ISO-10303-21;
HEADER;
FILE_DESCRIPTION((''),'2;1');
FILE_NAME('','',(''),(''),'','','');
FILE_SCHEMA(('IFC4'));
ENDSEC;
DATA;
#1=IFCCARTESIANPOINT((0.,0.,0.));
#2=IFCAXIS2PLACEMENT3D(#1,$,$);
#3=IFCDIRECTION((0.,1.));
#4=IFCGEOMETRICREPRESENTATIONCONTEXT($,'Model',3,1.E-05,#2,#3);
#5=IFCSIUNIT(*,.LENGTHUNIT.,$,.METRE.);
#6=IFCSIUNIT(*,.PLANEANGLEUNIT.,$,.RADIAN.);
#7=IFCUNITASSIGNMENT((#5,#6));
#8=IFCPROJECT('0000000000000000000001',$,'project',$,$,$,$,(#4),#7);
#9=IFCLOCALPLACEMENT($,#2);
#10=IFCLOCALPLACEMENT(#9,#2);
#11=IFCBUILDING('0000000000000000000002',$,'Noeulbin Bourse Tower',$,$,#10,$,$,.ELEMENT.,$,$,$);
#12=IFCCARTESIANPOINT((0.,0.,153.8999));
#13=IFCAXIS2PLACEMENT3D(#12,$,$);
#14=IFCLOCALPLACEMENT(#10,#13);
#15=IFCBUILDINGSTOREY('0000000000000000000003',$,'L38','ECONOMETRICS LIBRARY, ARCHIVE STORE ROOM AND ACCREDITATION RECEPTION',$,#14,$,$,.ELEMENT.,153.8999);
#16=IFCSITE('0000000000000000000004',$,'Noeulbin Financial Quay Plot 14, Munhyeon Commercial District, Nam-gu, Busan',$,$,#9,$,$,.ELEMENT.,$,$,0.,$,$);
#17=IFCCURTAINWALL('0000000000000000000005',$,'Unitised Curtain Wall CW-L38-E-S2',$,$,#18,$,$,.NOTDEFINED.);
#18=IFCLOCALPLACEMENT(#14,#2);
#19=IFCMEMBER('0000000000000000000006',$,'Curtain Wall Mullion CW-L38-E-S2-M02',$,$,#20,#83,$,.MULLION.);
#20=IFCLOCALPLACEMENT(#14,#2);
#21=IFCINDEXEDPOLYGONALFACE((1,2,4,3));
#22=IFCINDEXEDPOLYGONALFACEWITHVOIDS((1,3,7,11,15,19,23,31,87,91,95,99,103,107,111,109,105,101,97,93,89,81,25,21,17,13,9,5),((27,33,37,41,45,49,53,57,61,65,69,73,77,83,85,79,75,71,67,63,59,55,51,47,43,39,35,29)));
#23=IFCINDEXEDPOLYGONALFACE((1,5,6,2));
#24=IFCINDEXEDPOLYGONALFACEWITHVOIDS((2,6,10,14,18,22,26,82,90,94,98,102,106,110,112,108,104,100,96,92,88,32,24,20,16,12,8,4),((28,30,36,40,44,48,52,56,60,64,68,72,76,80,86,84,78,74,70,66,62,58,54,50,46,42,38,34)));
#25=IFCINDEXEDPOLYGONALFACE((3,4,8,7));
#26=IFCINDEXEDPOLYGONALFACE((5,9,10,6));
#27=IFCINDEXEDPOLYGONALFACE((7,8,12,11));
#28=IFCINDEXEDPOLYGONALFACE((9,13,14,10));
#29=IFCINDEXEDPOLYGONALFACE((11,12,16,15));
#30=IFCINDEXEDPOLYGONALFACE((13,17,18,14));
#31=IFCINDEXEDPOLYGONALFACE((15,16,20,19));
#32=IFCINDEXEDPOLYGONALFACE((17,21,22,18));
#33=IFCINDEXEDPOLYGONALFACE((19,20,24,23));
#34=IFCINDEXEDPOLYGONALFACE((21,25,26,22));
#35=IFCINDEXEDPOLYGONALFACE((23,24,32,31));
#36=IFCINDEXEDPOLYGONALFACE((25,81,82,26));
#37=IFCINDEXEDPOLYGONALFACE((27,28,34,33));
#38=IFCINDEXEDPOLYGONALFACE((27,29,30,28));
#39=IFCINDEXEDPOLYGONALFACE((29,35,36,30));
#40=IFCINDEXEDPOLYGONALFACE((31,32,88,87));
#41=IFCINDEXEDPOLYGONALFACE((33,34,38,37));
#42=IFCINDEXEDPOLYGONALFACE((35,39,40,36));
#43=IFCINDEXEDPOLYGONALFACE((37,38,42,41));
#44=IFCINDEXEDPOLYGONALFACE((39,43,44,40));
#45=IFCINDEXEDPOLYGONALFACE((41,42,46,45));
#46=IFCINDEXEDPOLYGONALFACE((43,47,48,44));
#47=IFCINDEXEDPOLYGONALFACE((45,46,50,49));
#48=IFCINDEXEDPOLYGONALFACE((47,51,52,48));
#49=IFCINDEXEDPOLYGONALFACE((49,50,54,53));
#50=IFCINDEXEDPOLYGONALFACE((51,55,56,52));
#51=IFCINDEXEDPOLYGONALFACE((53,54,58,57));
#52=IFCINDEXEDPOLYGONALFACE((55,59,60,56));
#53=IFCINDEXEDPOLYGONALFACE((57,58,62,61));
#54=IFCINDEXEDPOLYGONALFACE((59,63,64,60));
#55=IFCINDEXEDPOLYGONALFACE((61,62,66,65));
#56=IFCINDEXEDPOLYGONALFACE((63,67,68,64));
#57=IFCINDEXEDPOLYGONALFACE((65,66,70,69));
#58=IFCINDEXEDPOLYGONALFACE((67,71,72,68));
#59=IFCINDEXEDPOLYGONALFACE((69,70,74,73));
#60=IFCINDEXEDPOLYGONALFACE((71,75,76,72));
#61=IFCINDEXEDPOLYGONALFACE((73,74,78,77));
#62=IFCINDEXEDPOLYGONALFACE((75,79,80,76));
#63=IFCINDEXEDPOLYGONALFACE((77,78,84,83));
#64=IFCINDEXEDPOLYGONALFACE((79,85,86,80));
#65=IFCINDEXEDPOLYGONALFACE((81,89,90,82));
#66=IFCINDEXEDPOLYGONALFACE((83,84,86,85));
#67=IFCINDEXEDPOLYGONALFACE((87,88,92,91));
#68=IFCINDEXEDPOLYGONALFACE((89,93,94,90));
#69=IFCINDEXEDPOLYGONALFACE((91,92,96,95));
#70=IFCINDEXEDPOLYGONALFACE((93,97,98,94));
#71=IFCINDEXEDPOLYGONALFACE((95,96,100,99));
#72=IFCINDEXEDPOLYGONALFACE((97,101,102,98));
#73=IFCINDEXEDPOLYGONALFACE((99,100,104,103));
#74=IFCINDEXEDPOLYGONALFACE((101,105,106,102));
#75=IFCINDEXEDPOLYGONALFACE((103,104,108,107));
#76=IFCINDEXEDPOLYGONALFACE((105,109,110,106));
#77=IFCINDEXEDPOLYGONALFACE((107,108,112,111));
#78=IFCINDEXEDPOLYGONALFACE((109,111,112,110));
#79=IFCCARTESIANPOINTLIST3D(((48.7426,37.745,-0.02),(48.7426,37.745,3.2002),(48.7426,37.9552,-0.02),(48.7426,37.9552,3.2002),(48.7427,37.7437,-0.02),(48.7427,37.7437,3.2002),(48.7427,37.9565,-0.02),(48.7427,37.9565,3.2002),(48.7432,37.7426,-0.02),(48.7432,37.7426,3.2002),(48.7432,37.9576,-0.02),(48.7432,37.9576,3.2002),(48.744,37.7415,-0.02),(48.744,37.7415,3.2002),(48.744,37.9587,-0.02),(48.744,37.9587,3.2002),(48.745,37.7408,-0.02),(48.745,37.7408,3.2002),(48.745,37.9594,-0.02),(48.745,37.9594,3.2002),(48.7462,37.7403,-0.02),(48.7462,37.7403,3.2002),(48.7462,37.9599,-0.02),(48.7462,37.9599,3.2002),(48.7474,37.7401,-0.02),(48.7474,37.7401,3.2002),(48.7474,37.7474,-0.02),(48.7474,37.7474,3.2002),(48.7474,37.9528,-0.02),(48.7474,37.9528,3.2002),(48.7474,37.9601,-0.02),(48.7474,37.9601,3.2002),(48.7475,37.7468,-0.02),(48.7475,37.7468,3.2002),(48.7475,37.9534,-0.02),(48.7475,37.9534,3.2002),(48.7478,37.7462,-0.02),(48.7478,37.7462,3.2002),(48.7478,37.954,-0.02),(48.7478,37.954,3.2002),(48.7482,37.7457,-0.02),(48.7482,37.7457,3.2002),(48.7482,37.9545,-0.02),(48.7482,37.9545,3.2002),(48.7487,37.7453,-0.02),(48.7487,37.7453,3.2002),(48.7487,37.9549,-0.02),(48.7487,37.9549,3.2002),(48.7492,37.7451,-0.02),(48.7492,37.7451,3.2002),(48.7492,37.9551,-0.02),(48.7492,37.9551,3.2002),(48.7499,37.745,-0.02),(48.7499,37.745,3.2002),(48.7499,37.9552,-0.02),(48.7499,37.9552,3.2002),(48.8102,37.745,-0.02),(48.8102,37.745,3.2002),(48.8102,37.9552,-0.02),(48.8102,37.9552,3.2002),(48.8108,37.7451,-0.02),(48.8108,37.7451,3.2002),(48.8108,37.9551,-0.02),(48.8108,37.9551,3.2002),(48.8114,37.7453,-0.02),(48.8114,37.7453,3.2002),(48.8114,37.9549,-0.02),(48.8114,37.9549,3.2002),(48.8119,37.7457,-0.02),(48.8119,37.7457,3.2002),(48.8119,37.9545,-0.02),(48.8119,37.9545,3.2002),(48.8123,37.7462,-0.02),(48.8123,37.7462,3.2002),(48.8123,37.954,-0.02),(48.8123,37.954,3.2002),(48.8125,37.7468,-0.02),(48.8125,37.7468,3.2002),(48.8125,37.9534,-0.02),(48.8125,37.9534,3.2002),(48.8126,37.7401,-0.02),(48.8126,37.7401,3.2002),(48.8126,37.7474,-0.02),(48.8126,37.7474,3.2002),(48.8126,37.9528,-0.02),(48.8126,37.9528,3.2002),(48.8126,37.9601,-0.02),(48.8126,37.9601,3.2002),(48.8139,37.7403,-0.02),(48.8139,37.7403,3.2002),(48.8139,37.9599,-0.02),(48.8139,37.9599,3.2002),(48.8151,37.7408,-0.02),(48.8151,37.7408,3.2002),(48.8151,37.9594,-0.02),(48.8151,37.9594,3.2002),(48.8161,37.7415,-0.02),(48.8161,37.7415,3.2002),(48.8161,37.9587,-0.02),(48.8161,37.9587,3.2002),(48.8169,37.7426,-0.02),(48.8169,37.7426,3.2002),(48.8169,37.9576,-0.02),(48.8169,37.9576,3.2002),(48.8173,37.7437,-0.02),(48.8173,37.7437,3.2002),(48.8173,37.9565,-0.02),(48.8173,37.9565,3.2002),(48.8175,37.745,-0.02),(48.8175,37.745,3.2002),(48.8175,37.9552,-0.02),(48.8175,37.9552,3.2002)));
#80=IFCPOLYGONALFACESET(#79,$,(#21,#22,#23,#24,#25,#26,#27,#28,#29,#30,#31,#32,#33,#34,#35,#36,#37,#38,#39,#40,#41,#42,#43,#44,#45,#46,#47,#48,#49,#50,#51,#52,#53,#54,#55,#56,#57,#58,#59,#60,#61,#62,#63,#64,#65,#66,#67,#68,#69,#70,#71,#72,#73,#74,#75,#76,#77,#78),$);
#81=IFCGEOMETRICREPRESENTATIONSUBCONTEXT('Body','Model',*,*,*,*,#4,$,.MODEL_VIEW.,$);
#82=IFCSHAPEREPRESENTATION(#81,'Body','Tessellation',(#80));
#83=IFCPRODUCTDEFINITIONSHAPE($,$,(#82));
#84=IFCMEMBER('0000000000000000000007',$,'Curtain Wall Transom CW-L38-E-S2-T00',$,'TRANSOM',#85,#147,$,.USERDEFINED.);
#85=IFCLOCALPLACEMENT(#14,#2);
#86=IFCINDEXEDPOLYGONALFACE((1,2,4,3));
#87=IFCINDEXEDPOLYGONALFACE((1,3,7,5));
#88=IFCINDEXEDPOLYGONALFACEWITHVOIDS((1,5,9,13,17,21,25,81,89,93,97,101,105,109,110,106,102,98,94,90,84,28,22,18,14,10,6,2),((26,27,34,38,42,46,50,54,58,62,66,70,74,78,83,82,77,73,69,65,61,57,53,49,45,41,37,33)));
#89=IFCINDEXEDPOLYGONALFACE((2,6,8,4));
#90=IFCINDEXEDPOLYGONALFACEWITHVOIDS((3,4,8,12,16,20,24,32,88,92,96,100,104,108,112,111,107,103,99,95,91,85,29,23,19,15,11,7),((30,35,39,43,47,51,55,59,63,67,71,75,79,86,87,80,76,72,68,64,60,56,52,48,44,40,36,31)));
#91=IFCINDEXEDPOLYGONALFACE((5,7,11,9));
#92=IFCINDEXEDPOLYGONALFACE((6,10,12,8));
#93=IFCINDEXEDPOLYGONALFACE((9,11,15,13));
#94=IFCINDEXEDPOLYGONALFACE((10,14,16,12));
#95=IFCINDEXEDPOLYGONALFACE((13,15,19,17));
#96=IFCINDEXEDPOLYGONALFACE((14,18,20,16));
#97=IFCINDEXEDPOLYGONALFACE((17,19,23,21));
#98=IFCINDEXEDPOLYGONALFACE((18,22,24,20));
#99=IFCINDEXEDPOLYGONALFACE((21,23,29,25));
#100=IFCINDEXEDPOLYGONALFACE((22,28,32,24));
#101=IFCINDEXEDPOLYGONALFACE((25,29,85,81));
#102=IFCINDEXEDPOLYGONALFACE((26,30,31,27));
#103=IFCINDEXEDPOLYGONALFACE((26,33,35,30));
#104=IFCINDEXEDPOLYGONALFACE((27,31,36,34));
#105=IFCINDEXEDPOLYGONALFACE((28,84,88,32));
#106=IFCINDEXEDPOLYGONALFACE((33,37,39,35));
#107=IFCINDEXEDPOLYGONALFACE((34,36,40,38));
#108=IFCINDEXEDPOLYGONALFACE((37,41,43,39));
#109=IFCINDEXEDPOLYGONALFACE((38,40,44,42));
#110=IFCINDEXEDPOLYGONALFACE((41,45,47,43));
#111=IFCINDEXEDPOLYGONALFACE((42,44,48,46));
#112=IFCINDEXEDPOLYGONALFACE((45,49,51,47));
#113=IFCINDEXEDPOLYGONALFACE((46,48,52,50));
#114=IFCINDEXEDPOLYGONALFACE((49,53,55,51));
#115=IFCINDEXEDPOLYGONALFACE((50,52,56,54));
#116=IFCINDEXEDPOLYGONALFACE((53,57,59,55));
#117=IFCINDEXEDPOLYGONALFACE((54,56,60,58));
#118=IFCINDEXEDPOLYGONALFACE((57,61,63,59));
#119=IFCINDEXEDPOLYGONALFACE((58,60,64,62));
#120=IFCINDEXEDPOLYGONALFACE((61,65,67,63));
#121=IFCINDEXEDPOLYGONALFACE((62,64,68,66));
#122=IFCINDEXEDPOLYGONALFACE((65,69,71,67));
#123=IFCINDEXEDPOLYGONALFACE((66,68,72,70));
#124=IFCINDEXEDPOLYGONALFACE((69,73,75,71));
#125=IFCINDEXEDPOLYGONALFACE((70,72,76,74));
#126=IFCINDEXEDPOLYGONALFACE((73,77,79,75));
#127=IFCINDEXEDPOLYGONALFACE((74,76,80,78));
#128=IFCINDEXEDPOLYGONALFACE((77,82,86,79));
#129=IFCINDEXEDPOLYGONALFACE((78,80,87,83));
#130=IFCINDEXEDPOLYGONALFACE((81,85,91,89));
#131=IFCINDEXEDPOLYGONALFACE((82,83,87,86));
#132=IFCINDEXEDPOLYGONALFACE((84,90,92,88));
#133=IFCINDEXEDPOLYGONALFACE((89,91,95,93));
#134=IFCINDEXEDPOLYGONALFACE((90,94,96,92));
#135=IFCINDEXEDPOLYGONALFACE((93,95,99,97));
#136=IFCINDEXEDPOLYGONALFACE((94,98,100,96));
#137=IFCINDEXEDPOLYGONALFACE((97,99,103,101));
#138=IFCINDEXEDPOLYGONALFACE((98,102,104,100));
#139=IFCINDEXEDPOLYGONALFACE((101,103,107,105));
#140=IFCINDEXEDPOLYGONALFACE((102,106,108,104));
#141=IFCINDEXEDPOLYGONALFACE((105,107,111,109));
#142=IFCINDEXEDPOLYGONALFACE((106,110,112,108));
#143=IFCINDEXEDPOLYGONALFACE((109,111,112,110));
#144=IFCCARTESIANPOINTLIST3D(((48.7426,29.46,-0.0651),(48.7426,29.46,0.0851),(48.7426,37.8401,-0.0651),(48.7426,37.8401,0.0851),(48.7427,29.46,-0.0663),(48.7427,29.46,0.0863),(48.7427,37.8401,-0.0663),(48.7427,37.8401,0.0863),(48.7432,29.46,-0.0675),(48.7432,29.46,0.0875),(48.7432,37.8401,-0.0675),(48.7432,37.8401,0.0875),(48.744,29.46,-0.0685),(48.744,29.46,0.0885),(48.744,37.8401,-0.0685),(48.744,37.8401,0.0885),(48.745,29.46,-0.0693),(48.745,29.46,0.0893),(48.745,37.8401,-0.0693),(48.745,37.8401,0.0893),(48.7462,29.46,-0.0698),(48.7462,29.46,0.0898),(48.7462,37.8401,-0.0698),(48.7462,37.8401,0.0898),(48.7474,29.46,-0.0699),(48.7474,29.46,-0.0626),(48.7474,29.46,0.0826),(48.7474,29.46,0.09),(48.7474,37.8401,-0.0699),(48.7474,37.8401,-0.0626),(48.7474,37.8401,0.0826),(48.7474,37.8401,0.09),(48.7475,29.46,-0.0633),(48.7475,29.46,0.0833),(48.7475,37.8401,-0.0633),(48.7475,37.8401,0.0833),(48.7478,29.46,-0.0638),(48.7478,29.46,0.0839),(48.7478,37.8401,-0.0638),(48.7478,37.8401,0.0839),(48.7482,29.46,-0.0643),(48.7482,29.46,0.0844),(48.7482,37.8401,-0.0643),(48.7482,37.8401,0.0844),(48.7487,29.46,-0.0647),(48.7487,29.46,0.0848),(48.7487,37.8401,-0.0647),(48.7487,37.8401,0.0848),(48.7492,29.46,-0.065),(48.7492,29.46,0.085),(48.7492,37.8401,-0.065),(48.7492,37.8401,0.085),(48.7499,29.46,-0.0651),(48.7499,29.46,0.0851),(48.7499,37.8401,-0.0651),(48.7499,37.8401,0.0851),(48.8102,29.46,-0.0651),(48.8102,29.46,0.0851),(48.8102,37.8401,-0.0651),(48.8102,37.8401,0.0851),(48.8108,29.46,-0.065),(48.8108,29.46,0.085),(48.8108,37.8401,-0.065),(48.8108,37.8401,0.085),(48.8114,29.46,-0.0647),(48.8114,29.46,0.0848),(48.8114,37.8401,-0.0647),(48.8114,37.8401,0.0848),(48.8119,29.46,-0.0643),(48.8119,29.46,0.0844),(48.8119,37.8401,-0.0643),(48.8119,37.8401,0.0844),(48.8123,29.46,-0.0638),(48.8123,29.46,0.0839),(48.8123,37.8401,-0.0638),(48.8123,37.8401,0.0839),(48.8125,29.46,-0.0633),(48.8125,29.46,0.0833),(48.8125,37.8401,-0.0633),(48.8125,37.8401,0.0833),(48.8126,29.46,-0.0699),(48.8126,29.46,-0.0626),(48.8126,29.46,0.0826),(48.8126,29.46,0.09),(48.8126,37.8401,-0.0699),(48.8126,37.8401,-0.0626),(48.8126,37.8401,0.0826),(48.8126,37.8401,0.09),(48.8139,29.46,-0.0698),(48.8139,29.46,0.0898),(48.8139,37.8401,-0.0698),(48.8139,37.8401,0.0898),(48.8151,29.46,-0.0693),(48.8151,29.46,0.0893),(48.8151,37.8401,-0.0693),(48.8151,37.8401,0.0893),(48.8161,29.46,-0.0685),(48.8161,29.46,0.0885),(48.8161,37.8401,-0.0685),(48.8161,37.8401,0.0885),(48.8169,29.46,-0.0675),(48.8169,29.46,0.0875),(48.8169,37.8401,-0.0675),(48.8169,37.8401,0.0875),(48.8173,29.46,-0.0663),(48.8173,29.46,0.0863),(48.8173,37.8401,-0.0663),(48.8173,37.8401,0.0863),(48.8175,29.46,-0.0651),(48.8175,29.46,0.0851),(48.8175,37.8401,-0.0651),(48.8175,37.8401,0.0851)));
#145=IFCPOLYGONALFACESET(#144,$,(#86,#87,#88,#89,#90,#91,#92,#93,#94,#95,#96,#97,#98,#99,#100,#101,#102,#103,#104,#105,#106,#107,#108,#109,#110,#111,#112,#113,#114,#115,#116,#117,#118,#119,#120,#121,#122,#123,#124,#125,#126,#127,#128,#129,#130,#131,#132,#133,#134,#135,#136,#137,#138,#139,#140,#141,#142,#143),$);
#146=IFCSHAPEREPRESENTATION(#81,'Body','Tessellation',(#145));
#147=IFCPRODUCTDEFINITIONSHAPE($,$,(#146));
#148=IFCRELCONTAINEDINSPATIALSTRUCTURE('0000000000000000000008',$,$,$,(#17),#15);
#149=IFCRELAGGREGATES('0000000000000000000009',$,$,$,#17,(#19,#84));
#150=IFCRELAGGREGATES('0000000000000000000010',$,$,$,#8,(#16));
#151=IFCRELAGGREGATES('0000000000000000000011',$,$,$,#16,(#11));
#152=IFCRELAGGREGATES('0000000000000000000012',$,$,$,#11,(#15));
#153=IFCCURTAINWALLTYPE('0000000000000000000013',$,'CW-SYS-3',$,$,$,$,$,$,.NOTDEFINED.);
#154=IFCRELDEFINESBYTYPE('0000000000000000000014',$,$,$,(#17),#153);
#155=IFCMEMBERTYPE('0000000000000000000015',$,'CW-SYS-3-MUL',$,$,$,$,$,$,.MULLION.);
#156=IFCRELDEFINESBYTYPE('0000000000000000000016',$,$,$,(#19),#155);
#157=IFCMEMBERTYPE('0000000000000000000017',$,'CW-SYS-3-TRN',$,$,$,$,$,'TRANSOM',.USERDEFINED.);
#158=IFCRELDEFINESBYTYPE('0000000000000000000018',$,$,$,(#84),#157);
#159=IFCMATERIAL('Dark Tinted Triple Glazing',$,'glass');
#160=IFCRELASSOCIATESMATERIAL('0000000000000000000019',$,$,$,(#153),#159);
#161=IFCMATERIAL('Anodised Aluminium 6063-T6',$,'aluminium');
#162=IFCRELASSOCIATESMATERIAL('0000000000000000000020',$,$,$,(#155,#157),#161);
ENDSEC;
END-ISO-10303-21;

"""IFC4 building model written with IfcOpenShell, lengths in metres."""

from ifc_helpers import new_model, si_unit, direction, frame, origin, origin_2d, place, context, subcontext, project, spatial, hollow_rectangle, extrude, material, material_profile, profile_set, type_object, element, aggregate, save


model = new_model("IFC4")

# Units and contexts
model_context = context("Model", 3, precision=1e-05, world=origin(), true_north=direction((0.0, 1.0)))
body_context = subcontext(model_context, "Body", "Model", "MODEL_VIEW")
ifc_project = project(units=[si_unit("LENGTHUNIT", "METRE"), si_unit("PLANEANGLEUNIT", "RADIAN")], contexts=[model_context])

# Site, building, storey
site_placement = place(None, origin())
site = spatial("IfcSite", under=ifc_project, at=site_placement, Name="Noeulbin Financial Quay Plot 14, Munhyeon Commercial District, Nam-gu, Busan", CompositionType="ELEMENT", RefElevation=0.0)
building_placement = place(site_placement, origin())
building = spatial("IfcBuilding", under=site, at=building_placement, Name="Noeulbin Bourse Tower", CompositionType="ELEMENT")
storey_placement = place(building_placement, frame((0.0, 0.0, 153.8999)))
storey = spatial("IfcBuildingStorey", under=building, at=storey_placement, Name="L38", Description="ECONOMETRICS LIBRARY, ARCHIVE STORE ROOM AND ACCREDITATION RECEPTION", CompositionType="ELEMENT", Elevation=153.8999)

# Curtain wall, members
ifc_material_1 = material(Name="Dark Tinted Triple Glazing", Category="glass")
curtain_wall_type = type_object("IfcCurtainWallType", Name="CW-SYS-3", PredefinedType="NOTDEFINED", material=ifc_material_1)
curtain_wall_placement = place(storey_placement, origin())
curtain_wall = element("IfcCurtainWall", 1, at=curtain_wall_placement, inside=storey, type_object=curtain_wall_type, Name="Unitised Curtain Wall CW-L38-E-S2", PredefinedType="NOTDEFINED")
ifc_material_2 = material(Name="Anodised Aluminium 6063-T6", Category="aluminium")
ifc_material_profile_1 = material_profile(ifc_material_2, hollow_rectangle(XDim=0.075, YDim=0.22, WallThickness=0.0049, InnerFilletRadius=0.0024, OuterFilletRadius=0.0049, at=origin_2d()), Name="ALU-MULL-75x220x5", Category="LoadBearing")
ifc_profile_set_1 = profile_set([ifc_material_profile_1], Name="Anodised Aluminium 6063-T6")
member_type_1 = type_object("IfcMemberType", Name="CW-SYS-3-MUL", PredefinedType="MULLION", material=ifc_profile_set_1)
member_1_placement = place(storey_placement, frame((48.78, 37.8501, -0.02), z_axis=(0.0, 0.0, 1.0), x_axis=(1.0, 0.0, 0.0)))
member_1 = element("IfcMember", 2, at=member_1_placement, type_object=member_type_1, Name="Curtain Wall Mullion CW-L38-E-S2-M02", PredefinedType="MULLION", context=body_context, shape_type="SweptSolid", body=[
    extrude(hollow_rectangle(XDim=0.075, YDim=0.22, WallThickness=0.0049, InnerFilletRadius=0.0024, OuterFilletRadius=0.0049, at=origin_2d()), origin(), (0.0, 0.0, 1.0), 3.2202),
])
ifc_material_profile_2 = material_profile(ifc_material_2, hollow_rectangle(XDim=0.075, YDim=0.1599, WallThickness=0.0049, InnerFilletRadius=0.0024, OuterFilletRadius=0.0049, at=origin_2d()), Name="ALU-TRAN-75x160x5", Category="LoadBearing")
ifc_profile_set_2 = profile_set([ifc_material_profile_2], Name="Anodised Aluminium 6063-T6")
member_type_2 = type_object("IfcMemberType", Name="CW-SYS-3-TRN", ElementType="TRANSOM", PredefinedType="USERDEFINED", material=ifc_profile_set_2)
member_2_placement = place(storey_placement, frame((48.78, 29.46, 0.01), z_axis=(0.0, 1.0, 0.0), x_axis=(-1.0, 0.0, 0.0)))
member_2 = element("IfcMember", 3, at=member_2_placement, type_object=member_type_2, Name="Curtain Wall Transom CW-L38-E-S2-T00", ObjectType="TRANSOM", PredefinedType="USERDEFINED", context=body_context, shape_type="SweptSolid", body=[
    extrude(hollow_rectangle(XDim=0.075, YDim=0.1599, WallThickness=0.0049, InnerFilletRadius=0.0024, OuterFilletRadius=0.0049, at=origin_2d()), origin(), (0.0, 0.0, 1.0), 8.3801),
])
aggregate(curtain_wall, [member_1, member_2])

save(model, "model.ifc")
